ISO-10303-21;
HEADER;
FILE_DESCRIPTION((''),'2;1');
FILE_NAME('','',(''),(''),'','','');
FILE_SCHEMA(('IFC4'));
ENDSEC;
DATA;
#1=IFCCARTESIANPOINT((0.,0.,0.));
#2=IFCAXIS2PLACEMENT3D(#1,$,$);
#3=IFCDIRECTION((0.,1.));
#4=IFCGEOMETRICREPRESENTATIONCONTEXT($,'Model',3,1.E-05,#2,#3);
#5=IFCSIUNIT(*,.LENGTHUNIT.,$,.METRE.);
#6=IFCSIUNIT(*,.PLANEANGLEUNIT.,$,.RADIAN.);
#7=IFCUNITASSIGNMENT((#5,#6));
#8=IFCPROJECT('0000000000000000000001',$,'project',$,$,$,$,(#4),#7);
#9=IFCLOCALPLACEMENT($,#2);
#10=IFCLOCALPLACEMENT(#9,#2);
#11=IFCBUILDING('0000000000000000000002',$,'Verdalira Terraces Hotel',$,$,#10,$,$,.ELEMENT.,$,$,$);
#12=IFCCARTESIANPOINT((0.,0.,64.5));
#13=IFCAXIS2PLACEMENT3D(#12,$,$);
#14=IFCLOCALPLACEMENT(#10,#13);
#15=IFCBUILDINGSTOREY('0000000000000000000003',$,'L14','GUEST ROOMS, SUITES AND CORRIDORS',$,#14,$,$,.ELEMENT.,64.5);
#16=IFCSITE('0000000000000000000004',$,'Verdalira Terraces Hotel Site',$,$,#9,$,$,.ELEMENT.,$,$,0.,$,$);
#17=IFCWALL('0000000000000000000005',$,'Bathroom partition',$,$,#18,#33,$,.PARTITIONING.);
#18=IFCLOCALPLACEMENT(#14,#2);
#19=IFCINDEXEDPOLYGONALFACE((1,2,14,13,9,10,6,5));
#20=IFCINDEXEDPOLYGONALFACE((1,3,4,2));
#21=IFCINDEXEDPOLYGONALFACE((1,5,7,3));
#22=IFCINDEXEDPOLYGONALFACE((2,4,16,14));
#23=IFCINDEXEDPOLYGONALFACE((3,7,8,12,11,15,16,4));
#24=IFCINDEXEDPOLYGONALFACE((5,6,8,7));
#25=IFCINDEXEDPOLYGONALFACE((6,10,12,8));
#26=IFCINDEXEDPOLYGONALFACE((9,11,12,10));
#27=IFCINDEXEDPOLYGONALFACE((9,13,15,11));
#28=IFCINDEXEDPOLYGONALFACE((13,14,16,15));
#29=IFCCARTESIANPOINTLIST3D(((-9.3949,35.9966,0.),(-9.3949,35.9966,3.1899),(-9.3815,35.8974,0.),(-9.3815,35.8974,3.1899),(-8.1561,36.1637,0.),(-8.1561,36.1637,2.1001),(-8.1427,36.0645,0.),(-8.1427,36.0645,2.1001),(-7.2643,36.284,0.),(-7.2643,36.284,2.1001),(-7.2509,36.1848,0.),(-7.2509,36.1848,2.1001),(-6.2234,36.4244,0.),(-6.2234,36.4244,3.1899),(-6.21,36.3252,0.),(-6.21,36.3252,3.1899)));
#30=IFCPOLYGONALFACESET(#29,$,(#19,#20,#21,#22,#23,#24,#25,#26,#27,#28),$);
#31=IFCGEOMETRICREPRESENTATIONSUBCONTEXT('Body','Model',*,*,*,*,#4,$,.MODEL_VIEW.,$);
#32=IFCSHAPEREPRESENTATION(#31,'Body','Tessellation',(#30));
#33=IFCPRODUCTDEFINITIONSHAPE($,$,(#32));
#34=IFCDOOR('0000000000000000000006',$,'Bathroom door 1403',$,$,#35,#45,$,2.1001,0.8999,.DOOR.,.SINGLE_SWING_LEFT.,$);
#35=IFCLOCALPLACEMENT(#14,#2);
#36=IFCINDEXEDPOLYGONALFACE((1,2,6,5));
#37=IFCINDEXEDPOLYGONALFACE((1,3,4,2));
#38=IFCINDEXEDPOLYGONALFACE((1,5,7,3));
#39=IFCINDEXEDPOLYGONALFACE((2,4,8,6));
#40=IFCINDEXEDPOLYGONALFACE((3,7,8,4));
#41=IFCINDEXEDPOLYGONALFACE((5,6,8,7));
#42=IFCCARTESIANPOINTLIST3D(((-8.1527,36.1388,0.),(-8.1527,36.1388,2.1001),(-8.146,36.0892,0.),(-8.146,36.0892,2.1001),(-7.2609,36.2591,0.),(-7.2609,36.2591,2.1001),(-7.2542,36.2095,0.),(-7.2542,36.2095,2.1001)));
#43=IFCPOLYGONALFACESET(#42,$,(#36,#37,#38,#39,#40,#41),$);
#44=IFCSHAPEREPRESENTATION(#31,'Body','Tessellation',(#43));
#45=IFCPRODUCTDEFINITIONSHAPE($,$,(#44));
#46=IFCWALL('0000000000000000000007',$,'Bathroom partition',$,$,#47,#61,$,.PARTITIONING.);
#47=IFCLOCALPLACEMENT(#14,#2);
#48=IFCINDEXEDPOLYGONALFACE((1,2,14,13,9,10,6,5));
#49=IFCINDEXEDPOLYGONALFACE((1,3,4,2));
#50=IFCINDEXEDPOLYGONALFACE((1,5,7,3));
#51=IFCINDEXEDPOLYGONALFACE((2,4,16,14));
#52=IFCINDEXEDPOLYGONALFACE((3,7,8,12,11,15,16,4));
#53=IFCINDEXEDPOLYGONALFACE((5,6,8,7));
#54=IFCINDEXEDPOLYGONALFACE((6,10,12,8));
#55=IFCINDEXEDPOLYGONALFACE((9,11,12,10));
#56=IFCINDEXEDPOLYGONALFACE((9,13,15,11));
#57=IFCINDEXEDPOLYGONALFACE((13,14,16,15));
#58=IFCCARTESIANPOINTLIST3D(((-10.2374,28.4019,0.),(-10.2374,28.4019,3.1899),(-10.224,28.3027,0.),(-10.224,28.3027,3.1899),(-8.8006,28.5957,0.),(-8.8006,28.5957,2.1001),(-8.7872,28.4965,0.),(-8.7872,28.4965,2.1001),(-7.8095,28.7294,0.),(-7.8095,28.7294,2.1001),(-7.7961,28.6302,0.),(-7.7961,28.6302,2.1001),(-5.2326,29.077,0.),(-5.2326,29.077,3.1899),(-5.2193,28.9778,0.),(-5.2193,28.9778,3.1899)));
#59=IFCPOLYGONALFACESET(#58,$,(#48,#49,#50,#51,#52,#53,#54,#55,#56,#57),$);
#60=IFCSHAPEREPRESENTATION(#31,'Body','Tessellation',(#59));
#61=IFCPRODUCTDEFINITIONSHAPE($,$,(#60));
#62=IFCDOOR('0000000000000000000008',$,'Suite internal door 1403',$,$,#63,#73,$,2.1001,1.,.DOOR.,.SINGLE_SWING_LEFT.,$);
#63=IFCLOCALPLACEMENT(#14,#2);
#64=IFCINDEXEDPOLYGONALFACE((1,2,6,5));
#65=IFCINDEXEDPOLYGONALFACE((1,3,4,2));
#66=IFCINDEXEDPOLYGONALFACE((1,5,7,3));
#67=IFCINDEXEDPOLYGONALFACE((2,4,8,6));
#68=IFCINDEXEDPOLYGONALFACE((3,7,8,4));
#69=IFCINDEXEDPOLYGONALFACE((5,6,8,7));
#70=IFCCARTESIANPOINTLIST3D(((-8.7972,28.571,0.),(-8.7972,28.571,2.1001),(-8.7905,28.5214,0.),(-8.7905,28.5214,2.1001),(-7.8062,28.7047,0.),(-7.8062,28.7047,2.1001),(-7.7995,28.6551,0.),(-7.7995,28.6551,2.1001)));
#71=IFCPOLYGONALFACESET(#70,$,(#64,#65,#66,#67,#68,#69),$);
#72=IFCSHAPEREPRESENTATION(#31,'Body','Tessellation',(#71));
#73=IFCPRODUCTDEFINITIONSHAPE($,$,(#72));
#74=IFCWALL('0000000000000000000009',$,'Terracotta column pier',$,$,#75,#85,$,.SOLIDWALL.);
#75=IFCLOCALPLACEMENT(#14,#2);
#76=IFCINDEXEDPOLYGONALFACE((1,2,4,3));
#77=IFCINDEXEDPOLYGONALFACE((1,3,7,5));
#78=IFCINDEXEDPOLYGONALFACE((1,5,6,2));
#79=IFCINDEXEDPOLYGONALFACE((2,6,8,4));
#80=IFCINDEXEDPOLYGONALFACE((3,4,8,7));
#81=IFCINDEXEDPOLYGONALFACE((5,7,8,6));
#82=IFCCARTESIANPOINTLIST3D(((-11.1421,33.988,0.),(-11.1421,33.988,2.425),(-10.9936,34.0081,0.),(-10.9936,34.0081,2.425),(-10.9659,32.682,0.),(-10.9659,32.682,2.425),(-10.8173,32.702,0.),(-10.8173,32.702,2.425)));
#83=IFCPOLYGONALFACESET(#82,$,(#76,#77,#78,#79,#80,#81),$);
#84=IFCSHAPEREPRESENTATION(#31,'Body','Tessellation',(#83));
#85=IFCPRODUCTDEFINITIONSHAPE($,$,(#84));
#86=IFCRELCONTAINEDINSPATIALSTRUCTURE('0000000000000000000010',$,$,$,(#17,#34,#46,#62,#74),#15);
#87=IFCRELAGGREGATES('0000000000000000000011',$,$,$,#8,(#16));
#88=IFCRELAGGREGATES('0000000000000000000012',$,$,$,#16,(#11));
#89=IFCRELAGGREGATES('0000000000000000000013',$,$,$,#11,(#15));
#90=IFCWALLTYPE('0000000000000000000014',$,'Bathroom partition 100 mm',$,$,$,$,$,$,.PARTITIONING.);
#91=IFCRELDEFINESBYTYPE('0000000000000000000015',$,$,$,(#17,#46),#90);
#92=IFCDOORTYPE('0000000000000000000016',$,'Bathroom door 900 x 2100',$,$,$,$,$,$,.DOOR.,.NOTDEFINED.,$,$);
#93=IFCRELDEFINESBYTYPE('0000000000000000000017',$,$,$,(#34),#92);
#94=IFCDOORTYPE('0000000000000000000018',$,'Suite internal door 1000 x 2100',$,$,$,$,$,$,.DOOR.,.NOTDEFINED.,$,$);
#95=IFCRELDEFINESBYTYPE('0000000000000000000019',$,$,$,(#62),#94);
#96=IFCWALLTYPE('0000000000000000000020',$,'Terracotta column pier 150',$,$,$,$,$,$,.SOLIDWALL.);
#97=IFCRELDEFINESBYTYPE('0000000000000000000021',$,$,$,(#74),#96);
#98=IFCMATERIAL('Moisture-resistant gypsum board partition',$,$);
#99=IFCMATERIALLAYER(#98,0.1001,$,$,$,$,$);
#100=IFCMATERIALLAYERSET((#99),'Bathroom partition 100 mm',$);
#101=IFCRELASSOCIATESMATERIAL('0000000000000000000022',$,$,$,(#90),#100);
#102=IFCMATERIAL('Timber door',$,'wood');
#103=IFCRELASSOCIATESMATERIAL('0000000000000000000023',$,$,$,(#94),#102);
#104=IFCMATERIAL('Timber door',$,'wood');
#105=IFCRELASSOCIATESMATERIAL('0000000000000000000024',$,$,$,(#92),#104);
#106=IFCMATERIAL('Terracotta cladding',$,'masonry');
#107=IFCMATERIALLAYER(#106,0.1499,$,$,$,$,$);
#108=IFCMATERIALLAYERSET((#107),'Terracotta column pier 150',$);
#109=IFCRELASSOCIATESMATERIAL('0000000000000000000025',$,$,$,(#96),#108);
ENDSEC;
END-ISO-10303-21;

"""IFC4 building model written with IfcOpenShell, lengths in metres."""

from ifc_helpers import new_model, si_unit, direction, frame, frame_2d, origin, place, context, subcontext, project, spatial, rectangle, extrude, material, layer, layer_set, type_object, element, fill, save


model = new_model("IFC4")

# Units and contexts
model_context = context("Model", 3, precision=1e-05, world=origin(), true_north=direction((0.0, 1.0)))
body_context = subcontext(model_context, "Body", "Model", "MODEL_VIEW")
ifc_project = project(units=[si_unit("LENGTHUNIT", "METRE"), si_unit("PLANEANGLEUNIT", "RADIAN")], contexts=[model_context])

# Site, building, storey
site_placement = place(None, origin())
site = spatial("IfcSite", under=ifc_project, at=site_placement, Name="Verdalira Terraces Hotel Site", CompositionType="ELEMENT", RefElevation=0.0)
building_placement = place(site_placement, origin())
building = spatial("IfcBuilding", under=site, at=building_placement, Name="Verdalira Terraces Hotel", CompositionType="ELEMENT")
storey_placement = place(building_placement, frame((0.0, 0.0, 64.5)))
storey = spatial("IfcBuildingStorey", under=building, at=storey_placement, Name="L14", Description="GUEST ROOMS, SUITES AND CORRIDORS", CompositionType="ELEMENT", Elevation=64.5)

# Walls, openings, doors
ifc_material_1 = material(Name="Moisture-resistant gypsum board partition")
ifc_layer_1 = layer(ifc_material_1, 0.1001)
ifc_layer_set_1 = layer_set([ifc_layer_1], Name="Bathroom partition 100 mm")
wall_type_1 = type_object("IfcWallType", Name="Bathroom partition 100 mm", PredefinedType="PARTITIONING", material=ifc_layer_set_1)
ifc_material_2 = material(Name="Timber door", Category="wood")
door_type_1 = type_object("IfcDoorType", Name="Suite internal door 1000 x 2100", OperationType="NOTDEFINED", PredefinedType="DOOR", material=ifc_material_2)
wall_1_placement = place(storey_placement, frame((-9.3882, 35.947, 0.0), z_axis=(0.0, 0.0, 1.0), x_axis=(0.991027, 0.133663, 0.0)))
wall_1 = element("IfcWall", 1, at=wall_1_placement, inside=storey, type_object=wall_type_1, Name="Bathroom partition", PredefinedType="PARTITIONING", context=body_context, shape_type="SweptSolid", body=[
    extrude(rectangle(XDim=3.2002, YDim=0.1001, at=frame_2d((1.6001, 0.0))), origin(), (0.0, 0.0, 1.0), 3.1899),
])
opening_1_placement = place(wall_1_placement, frame((1.25, 0.0, 0.0)))
opening_1 = element("IfcOpeningElement", 2, at=opening_1_placement, cuts=wall_1, PredefinedType="OPENING", context=body_context, shape_type="SweptSolid", body=[
    extrude(rectangle(XDim=0.8999, YDim=2.1001, at=frame_2d((0.45, 1.05))), frame((0.0, 0.0601, 0.0), z_axis=(0.0, -1.0, 0.0), x_axis=(1.0, 0.0, 0.0)), (0.0, 0.0, 1.0), 0.1201),
])
ifc_material_3 = material(Name="Timber door", Category="wood")
door_type_2 = type_object("IfcDoorType", Name="Bathroom door 900 x 2100", OperationType="NOTDEFINED", PredefinedType="DOOR", material=ifc_material_3)
door_1_placement = place(opening_1_placement, origin())
door_1 = element("IfcDoor", 3, at=door_1_placement, inside=storey, type_object=door_type_2, Name="Bathroom door 1403", OperationType="SINGLE_SWING_LEFT", OverallHeight=2.1001, OverallWidth=0.8999, PredefinedType="DOOR", context=body_context, shape_type="SweptSolid", body=[
    extrude(rectangle(XDim=0.8999, YDim=2.1001, at=frame_2d((0.45, 1.05))), frame((0.0, 0.0249, 0.0), z_axis=(0.0, -1.0, 0.0), x_axis=(1.0, 0.0, 0.0)), (0.0, 0.0, 1.0), 0.05),
])
fill(opening_1, door_1)
wall_2_placement = place(storey_placement, frame((-5.2261, 29.0273, 0.0), z_axis=(0.0, 0.0, 1.0), x_axis=(-0.991025, -0.133674, 0.0)))
wall_2 = element("IfcWall", 4, at=wall_2_placement, inside=storey, type_object=wall_type_1, Name="Bathroom partition", PredefinedType="PARTITIONING", context=body_context, shape_type="SweptSolid", body=[
    extrude(rectangle(XDim=5.05, YDim=0.1001, at=frame_2d((2.5249, 0.0))), origin(), (0.0, 0.0, 1.0), 3.1899),
])
opening_2_placement = place(wall_2_placement, frame((2.6001, 0.0, 0.0)))
opening_2 = element("IfcOpeningElement", 5, at=opening_2_placement, cuts=wall_2, PredefinedType="OPENING", context=body_context, shape_type="SweptSolid", body=[
    extrude(rectangle(XDim=1.0, YDim=2.1001, at=frame_2d((0.5, 1.05))), frame((0.0, 0.0601, 0.0), z_axis=(0.0, -1.0, 0.0), x_axis=(1.0, 0.0, 0.0)), (0.0, 0.0, 1.0), 0.1201),
])
door_2_placement = place(opening_2_placement, origin())
door_2 = element("IfcDoor", 6, at=door_2_placement, inside=storey, type_object=door_type_1, Name="Suite internal door 1403", OperationType="SINGLE_SWING_LEFT", OverallHeight=2.1001, OverallWidth=1.0, PredefinedType="DOOR", context=body_context, shape_type="SweptSolid", body=[
    extrude(rectangle(XDim=1.0, YDim=2.1001, at=frame_2d((0.5, 1.05))), frame((0.0, 0.0249, 0.0), z_axis=(0.0, -1.0, 0.0), x_axis=(1.0, 0.0, 0.0)), (0.0, 0.0, 1.0), 0.05),
])
fill(opening_2, door_2)

# Wall
ifc_material_4 = material(Name="Terracotta cladding", Category="masonry")
ifc_layer_2 = layer(ifc_material_4, 0.1499)
ifc_layer_set_2 = layer_set([ifc_layer_2], Name="Terracotta column pier 150")
wall_type_2 = type_object("IfcWallType", Name="Terracotta column pier 150", PredefinedType="SOLIDWALL", material=ifc_layer_set_2)
wall_3_placement = place(storey_placement, frame((-11.0679, 33.998, 0.0), z_axis=(0.0, 0.0, 1.0), x_axis=(0.133741, -0.991016, 0.0)))
element("IfcWall", 7, at=wall_3_placement, inside=storey, type_object=wall_type_2, Name="Terracotta column pier", PredefinedType="SOLIDWALL", context=body_context, shape_type="SweptSolid", body=[
    extrude(rectangle(XDim=1.3179, YDim=0.1499, at=frame_2d((0.6589, 0.0))), origin(), (0.0, 0.0, 1.0), 2.425),
])

save(model, "model.ifc")
